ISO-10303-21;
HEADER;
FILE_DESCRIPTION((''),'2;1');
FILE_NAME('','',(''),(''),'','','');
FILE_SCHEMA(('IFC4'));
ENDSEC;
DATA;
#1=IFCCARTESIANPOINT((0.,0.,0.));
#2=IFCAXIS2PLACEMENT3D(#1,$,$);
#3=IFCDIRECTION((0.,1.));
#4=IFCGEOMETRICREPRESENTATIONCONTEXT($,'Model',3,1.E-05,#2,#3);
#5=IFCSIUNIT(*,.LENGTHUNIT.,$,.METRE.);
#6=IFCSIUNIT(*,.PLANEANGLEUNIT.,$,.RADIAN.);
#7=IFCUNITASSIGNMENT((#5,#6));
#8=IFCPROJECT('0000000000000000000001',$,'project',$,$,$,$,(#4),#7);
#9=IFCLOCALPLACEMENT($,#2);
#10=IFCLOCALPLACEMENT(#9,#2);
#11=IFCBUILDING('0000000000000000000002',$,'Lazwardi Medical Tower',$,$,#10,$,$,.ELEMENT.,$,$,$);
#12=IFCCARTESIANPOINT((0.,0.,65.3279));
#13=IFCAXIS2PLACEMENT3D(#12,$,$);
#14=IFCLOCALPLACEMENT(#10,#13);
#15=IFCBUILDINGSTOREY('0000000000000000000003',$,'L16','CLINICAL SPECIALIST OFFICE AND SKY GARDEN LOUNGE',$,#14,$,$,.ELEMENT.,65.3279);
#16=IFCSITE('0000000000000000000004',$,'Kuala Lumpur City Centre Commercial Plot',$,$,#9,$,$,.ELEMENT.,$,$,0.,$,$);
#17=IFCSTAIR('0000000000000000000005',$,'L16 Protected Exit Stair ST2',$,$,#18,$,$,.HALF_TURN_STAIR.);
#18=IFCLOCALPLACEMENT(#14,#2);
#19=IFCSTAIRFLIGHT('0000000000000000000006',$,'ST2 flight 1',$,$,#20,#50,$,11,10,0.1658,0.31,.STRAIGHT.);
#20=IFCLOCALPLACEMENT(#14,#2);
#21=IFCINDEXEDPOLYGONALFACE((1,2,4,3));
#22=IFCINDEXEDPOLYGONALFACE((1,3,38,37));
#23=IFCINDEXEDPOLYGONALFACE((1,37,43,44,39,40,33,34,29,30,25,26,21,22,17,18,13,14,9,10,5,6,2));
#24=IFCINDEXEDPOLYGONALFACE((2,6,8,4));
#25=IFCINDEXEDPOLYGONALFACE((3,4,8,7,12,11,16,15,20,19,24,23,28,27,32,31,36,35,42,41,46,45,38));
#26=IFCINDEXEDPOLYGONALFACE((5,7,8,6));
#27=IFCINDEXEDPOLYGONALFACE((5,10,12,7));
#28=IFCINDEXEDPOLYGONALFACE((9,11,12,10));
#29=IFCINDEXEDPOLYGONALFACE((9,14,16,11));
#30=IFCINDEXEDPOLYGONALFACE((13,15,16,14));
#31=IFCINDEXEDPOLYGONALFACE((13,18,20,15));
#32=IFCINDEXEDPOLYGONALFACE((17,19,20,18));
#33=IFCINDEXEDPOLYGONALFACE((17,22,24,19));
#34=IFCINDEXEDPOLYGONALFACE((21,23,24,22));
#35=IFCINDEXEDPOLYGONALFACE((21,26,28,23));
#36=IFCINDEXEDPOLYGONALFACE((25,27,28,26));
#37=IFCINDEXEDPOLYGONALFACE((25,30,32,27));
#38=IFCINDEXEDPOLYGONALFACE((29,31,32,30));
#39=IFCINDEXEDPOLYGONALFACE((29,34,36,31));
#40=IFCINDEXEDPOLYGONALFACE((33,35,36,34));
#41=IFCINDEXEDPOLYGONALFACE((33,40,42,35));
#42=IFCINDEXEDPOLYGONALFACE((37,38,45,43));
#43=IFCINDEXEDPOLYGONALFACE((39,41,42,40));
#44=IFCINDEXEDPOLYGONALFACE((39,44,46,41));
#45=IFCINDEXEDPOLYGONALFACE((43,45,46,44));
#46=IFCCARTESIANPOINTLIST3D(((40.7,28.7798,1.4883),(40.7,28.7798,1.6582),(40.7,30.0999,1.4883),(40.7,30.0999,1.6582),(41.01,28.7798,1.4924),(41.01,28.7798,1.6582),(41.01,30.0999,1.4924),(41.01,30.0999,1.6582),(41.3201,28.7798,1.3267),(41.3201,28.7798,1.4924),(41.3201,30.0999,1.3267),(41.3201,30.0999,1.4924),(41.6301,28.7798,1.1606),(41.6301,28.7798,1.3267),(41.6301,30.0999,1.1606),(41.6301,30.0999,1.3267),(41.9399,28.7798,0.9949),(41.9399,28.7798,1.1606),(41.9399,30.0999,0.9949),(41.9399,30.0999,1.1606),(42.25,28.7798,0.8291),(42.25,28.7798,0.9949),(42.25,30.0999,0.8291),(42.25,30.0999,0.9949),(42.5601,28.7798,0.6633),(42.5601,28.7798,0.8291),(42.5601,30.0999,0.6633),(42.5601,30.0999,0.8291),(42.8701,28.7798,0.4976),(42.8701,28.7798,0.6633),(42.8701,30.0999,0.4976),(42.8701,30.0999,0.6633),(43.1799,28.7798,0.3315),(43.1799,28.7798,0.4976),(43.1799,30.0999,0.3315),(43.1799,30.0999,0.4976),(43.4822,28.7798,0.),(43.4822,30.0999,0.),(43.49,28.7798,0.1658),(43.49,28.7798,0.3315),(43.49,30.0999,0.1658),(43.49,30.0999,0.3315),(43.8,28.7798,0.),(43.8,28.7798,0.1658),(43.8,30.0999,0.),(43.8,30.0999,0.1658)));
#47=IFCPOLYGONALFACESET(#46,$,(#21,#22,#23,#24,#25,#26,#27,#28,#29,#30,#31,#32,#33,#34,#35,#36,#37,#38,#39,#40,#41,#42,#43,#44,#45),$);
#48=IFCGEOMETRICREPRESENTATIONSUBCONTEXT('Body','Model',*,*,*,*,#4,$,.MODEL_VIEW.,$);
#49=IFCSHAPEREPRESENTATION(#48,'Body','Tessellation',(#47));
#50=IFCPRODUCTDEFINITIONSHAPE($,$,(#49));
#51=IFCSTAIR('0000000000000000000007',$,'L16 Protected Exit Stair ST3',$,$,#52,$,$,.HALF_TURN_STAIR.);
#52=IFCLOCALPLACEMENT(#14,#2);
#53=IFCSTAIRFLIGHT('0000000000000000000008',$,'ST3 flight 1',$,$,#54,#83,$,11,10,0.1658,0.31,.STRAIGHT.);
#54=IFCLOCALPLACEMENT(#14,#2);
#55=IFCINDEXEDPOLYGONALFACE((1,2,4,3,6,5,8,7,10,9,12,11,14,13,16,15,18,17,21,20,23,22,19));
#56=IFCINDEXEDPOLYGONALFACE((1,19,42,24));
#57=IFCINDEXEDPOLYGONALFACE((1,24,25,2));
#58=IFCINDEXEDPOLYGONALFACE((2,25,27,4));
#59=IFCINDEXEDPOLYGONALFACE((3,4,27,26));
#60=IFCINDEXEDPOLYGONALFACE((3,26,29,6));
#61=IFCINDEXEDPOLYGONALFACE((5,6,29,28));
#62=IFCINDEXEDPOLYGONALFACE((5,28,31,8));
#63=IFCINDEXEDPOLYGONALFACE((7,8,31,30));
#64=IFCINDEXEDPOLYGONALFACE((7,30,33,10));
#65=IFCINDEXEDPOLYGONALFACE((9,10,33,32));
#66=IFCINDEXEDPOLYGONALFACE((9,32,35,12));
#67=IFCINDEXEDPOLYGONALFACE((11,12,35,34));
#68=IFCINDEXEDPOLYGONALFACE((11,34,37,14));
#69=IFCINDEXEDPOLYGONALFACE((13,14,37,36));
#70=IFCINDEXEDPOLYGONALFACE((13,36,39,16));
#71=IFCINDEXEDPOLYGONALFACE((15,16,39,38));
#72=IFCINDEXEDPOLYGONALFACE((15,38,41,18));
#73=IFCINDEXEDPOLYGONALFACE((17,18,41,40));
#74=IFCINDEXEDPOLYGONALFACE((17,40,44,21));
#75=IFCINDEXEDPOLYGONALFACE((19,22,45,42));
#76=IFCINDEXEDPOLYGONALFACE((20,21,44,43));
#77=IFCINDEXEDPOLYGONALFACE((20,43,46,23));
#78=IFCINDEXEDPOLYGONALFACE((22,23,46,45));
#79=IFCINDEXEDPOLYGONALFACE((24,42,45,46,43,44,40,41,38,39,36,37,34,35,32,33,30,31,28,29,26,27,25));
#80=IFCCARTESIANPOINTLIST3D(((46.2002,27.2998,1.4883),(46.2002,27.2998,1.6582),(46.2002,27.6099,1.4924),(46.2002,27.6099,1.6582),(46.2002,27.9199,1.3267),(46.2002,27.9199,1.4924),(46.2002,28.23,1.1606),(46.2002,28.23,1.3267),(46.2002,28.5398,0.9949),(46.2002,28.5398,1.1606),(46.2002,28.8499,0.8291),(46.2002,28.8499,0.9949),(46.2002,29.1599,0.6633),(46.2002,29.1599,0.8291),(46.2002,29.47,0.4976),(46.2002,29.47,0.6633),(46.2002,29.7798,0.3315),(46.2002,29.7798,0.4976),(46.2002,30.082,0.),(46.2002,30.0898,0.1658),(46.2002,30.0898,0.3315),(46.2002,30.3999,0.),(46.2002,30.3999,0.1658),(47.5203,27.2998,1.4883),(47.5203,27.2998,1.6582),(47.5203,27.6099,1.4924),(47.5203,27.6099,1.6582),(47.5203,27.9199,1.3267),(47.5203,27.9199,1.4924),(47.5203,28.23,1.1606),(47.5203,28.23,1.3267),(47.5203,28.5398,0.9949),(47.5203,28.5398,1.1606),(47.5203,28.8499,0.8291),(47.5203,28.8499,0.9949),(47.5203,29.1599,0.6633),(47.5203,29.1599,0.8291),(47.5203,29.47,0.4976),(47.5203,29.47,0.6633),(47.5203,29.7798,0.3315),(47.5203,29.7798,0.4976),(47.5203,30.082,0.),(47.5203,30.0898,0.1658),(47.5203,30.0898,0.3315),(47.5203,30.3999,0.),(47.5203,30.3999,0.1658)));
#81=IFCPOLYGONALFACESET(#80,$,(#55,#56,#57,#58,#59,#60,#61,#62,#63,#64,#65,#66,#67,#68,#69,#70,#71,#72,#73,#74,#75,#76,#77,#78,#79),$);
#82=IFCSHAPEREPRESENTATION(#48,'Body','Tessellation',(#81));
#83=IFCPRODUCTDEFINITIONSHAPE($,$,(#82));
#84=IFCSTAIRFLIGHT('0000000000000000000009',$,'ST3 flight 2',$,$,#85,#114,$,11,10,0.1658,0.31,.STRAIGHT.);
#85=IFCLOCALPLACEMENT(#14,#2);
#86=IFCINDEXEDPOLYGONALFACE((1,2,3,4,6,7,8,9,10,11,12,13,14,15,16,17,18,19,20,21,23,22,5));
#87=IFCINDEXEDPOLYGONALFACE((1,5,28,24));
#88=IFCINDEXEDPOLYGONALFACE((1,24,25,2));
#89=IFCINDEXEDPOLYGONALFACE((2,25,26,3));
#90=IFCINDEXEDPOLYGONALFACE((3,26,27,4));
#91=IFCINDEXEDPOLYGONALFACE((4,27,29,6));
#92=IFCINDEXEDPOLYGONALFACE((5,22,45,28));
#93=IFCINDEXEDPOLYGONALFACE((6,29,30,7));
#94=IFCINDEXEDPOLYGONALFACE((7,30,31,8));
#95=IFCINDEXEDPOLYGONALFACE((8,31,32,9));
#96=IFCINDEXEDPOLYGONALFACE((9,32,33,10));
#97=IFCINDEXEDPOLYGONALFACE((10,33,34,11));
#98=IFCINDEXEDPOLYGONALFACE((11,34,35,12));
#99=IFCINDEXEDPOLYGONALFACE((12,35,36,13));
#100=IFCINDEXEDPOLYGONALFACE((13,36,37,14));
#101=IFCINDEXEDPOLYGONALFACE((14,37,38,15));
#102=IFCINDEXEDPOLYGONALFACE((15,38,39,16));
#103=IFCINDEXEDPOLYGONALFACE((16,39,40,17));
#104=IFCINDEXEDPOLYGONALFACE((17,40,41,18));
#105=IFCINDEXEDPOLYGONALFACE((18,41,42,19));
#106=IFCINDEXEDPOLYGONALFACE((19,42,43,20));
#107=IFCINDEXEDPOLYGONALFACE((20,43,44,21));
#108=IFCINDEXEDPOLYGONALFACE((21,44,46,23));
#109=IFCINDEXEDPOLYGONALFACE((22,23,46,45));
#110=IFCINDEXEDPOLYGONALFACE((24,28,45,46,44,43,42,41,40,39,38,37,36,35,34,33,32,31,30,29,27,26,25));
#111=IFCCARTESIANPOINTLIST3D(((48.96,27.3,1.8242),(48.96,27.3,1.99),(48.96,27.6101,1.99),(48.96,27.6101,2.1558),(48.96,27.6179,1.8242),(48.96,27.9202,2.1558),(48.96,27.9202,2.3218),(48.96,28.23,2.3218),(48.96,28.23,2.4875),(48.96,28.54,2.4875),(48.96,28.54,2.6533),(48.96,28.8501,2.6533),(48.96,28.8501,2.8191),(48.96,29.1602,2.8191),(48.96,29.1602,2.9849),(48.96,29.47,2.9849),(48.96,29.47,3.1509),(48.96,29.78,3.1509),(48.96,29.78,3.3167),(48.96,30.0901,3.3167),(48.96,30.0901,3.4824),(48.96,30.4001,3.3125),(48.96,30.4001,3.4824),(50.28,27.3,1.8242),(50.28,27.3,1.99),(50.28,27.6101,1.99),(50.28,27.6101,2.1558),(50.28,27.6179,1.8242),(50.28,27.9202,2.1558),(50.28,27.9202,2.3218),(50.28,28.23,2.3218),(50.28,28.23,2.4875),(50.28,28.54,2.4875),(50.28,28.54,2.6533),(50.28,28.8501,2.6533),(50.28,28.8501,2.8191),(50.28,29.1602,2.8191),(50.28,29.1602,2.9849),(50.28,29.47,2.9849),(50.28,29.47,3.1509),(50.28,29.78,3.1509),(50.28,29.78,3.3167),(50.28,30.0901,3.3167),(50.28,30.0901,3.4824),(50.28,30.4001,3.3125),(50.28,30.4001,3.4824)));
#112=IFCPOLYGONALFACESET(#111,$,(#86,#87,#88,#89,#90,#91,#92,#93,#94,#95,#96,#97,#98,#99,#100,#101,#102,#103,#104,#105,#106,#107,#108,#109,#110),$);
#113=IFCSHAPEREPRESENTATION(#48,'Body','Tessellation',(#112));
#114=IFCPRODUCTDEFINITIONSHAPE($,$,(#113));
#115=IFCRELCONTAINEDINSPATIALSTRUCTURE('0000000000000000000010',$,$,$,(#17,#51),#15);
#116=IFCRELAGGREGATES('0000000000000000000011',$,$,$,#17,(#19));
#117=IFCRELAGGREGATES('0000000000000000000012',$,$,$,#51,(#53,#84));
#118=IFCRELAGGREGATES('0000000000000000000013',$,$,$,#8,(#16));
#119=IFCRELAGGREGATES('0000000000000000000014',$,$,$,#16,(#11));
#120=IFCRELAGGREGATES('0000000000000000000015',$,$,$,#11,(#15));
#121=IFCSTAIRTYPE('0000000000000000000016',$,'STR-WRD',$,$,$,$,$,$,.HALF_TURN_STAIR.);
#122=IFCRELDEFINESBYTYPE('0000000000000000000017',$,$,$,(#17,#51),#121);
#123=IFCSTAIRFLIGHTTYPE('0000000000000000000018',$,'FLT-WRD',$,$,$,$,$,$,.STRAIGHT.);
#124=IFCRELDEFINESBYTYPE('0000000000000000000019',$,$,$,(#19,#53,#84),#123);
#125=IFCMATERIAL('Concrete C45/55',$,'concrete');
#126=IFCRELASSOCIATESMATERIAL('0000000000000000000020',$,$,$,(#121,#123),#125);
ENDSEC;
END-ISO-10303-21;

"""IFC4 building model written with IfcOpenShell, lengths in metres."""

from ifc_helpers import new_model, si_unit, direction, frame, origin, place, context, subcontext, project, spatial, polyline, outline, extrude, material, type_object, element, aggregate, save


model = new_model("IFC4")

# Units and contexts
model_context = context("Model", 3, precision=1e-05, world=origin(), true_north=direction((0.0, 1.0)))
body_context = subcontext(model_context, "Body", "Model", "MODEL_VIEW")
ifc_project = project(units=[si_unit("LENGTHUNIT", "METRE"), si_unit("PLANEANGLEUNIT", "RADIAN")], contexts=[model_context])

# Site, building, storey
site_placement = place(None, origin())
site = spatial("IfcSite", under=ifc_project, at=site_placement, Name="Kuala Lumpur City Centre Commercial Plot", CompositionType="ELEMENT", RefElevation=0.0)
building_placement = place(site_placement, origin())
building = spatial("IfcBuilding", under=site, at=building_placement, Name="Lazwardi Medical Tower", CompositionType="ELEMENT")
storey_placement = place(building_placement, frame((0.0, 0.0, 65.3279)))
storey = spatial("IfcBuildingStorey", under=building, at=storey_placement, Name="L16", Description="CLINICAL SPECIALIST OFFICE AND SKY GARDEN LOUNGE", CompositionType="ELEMENT", Elevation=65.3279)

# Stair, stair flight
ifc_material_1 = material(Name="Concrete C45/55", Category="concrete")
stair_type = type_object("IfcStairType", Name="STR-WRD", PredefinedType="HALF_TURN_STAIR", material=ifc_material_1)
stair_1_placement = place(storey_placement, origin())
stair_1 = element("IfcStair", 1, at=stair_1_placement, inside=storey, type_object=stair_type, Name="L16 Protected Exit Stair ST2", PredefinedType="HALF_TURN_STAIR")
stair_flight_type = type_object("IfcStairFlightType", Name="FLT-WRD", PredefinedType="STRAIGHT", material=ifc_material_1)
stair_flight_1_placement = place(storey_placement, frame((43.8, 29.4399, 0.0), z_axis=(0.0, 0.0, 1.0), x_axis=(-1.0, 0.0, 0.0)))
stair_flight_1 = element("IfcStairFlight", 2, at=stair_flight_1_placement, type_object=stair_flight_type, Name="ST2 flight 1", NumberOfRisers=11, NumberOfTreads=10, PredefinedType="STRAIGHT", RiserHeight=0.1658, TreadLength=0.31, context=body_context, shape_type="SweptSolid", body=[
    extrude(outline(polyline([(0.0, 0.0), (0.0, 0.1658), (0.3101, 0.1658), (0.3101, 0.3315), (0.6201, 0.3315), (0.6201, 0.4976), (0.9299, 0.4976), (0.9299, 0.6633), (1.24, 0.6633), (1.24, 0.8291), (1.55, 0.8291), (1.55, 0.9949), (1.8601, 0.9949), (1.8601, 1.1606), (2.1699, 1.1606), (2.1699, 1.3267), (2.48, 1.3267), (2.48, 1.4924), (2.79, 1.4924), (2.79, 1.6582), (3.1001, 1.6582), (3.1001, 1.824), (3.1001, 1.4883), (0.3179, 0.0), (0.0, 0.0)])), frame((0.0, 0.6602, 0.0), z_axis=(0.0, -1.0, 0.0), x_axis=(1.0, 0.0, 0.0)), (0.0, 0.0, 1.0), 1.3201),
])
aggregate(stair_1, [stair_flight_1])

# Stair, stair flights
stair_2_placement = place(storey_placement, origin())
stair_2 = element("IfcStair", 3, at=stair_2_placement, inside=storey, type_object=stair_type, Name="L16 Protected Exit Stair ST3", PredefinedType="HALF_TURN_STAIR")
stair_flight_2_placement = place(storey_placement, frame((46.8601, 30.3999, 0.0), z_axis=(0.0, 0.0, 1.0), x_axis=(0.0, -1.0, 0.0)))
stair_flight_2 = element("IfcStairFlight", 4, at=stair_flight_2_placement, type_object=stair_flight_type, Name="ST3 flight 1", NumberOfRisers=11, NumberOfTreads=10, PredefinedType="STRAIGHT", RiserHeight=0.1658, TreadLength=0.31, context=body_context, shape_type="SweptSolid", body=[
    extrude(outline(polyline([(0.0, 0.0), (0.0, 0.1658), (0.3101, 0.1658), (0.3101, 0.3315), (0.6201, 0.3315), (0.6201, 0.4976), (0.9299, 0.4976), (0.9299, 0.6633), (1.24, 0.6633), (1.24, 0.8291), (1.55, 0.8291), (1.55, 0.9949), (1.8601, 0.9949), (1.8601, 1.1606), (2.1699, 1.1606), (2.1699, 1.3267), (2.48, 1.3267), (2.48, 1.4924), (2.79, 1.4924), (2.79, 1.6582), (3.1001, 1.6582), (3.1001, 1.824), (3.1001, 1.4883), (0.3179, 0.0), (0.0, 0.0)])), frame((0.0, 0.6602, 0.0), z_axis=(0.0, -1.0, 0.0), x_axis=(1.0, 0.0, 0.0)), (0.0, 0.0, 1.0), 1.3201),
])
stair_flight_3_placement = place(storey_placement, frame((49.6201, 27.3, 1.8242), z_axis=(0.0, 0.0, 1.0), x_axis=(0.0, 1.0, 0.0)))
stair_flight_3 = element("IfcStairFlight", 5, at=stair_flight_3_placement, type_object=stair_flight_type, Name="ST3 flight 2", NumberOfRisers=11, NumberOfTreads=10, PredefinedType="STRAIGHT", RiserHeight=0.1658, TreadLength=0.31, context=body_context, shape_type="SweptSolid", body=[
    extrude(outline(polyline([(0.0, 0.0), (0.0, 0.1658), (0.3101, 0.1658), (0.3101, 0.3315), (0.6201, 0.3315), (0.6201, 0.4976), (0.9299, 0.4976), (0.9299, 0.6633), (1.24, 0.6633), (1.24, 0.8291), (1.55, 0.8291), (1.55, 0.9949), (1.8601, 0.9949), (1.8601, 1.1606), (2.1699, 1.1606), (2.1699, 1.3267), (2.48, 1.3267), (2.48, 1.4924), (2.79, 1.4924), (2.79, 1.6582), (3.1001, 1.6582), (3.1001, 1.824), (3.1001, 1.4883), (0.3179, 0.0), (0.0, 0.0)])), frame((0.0, 0.6602, 0.0), z_axis=(0.0, -1.0, 0.0), x_axis=(1.0, 0.0, 0.0)), (0.0, 0.0, 1.0), 1.3201),
])
aggregate(stair_2, [stair_flight_2, stair_flight_3])

save(model, "model.ifc")
